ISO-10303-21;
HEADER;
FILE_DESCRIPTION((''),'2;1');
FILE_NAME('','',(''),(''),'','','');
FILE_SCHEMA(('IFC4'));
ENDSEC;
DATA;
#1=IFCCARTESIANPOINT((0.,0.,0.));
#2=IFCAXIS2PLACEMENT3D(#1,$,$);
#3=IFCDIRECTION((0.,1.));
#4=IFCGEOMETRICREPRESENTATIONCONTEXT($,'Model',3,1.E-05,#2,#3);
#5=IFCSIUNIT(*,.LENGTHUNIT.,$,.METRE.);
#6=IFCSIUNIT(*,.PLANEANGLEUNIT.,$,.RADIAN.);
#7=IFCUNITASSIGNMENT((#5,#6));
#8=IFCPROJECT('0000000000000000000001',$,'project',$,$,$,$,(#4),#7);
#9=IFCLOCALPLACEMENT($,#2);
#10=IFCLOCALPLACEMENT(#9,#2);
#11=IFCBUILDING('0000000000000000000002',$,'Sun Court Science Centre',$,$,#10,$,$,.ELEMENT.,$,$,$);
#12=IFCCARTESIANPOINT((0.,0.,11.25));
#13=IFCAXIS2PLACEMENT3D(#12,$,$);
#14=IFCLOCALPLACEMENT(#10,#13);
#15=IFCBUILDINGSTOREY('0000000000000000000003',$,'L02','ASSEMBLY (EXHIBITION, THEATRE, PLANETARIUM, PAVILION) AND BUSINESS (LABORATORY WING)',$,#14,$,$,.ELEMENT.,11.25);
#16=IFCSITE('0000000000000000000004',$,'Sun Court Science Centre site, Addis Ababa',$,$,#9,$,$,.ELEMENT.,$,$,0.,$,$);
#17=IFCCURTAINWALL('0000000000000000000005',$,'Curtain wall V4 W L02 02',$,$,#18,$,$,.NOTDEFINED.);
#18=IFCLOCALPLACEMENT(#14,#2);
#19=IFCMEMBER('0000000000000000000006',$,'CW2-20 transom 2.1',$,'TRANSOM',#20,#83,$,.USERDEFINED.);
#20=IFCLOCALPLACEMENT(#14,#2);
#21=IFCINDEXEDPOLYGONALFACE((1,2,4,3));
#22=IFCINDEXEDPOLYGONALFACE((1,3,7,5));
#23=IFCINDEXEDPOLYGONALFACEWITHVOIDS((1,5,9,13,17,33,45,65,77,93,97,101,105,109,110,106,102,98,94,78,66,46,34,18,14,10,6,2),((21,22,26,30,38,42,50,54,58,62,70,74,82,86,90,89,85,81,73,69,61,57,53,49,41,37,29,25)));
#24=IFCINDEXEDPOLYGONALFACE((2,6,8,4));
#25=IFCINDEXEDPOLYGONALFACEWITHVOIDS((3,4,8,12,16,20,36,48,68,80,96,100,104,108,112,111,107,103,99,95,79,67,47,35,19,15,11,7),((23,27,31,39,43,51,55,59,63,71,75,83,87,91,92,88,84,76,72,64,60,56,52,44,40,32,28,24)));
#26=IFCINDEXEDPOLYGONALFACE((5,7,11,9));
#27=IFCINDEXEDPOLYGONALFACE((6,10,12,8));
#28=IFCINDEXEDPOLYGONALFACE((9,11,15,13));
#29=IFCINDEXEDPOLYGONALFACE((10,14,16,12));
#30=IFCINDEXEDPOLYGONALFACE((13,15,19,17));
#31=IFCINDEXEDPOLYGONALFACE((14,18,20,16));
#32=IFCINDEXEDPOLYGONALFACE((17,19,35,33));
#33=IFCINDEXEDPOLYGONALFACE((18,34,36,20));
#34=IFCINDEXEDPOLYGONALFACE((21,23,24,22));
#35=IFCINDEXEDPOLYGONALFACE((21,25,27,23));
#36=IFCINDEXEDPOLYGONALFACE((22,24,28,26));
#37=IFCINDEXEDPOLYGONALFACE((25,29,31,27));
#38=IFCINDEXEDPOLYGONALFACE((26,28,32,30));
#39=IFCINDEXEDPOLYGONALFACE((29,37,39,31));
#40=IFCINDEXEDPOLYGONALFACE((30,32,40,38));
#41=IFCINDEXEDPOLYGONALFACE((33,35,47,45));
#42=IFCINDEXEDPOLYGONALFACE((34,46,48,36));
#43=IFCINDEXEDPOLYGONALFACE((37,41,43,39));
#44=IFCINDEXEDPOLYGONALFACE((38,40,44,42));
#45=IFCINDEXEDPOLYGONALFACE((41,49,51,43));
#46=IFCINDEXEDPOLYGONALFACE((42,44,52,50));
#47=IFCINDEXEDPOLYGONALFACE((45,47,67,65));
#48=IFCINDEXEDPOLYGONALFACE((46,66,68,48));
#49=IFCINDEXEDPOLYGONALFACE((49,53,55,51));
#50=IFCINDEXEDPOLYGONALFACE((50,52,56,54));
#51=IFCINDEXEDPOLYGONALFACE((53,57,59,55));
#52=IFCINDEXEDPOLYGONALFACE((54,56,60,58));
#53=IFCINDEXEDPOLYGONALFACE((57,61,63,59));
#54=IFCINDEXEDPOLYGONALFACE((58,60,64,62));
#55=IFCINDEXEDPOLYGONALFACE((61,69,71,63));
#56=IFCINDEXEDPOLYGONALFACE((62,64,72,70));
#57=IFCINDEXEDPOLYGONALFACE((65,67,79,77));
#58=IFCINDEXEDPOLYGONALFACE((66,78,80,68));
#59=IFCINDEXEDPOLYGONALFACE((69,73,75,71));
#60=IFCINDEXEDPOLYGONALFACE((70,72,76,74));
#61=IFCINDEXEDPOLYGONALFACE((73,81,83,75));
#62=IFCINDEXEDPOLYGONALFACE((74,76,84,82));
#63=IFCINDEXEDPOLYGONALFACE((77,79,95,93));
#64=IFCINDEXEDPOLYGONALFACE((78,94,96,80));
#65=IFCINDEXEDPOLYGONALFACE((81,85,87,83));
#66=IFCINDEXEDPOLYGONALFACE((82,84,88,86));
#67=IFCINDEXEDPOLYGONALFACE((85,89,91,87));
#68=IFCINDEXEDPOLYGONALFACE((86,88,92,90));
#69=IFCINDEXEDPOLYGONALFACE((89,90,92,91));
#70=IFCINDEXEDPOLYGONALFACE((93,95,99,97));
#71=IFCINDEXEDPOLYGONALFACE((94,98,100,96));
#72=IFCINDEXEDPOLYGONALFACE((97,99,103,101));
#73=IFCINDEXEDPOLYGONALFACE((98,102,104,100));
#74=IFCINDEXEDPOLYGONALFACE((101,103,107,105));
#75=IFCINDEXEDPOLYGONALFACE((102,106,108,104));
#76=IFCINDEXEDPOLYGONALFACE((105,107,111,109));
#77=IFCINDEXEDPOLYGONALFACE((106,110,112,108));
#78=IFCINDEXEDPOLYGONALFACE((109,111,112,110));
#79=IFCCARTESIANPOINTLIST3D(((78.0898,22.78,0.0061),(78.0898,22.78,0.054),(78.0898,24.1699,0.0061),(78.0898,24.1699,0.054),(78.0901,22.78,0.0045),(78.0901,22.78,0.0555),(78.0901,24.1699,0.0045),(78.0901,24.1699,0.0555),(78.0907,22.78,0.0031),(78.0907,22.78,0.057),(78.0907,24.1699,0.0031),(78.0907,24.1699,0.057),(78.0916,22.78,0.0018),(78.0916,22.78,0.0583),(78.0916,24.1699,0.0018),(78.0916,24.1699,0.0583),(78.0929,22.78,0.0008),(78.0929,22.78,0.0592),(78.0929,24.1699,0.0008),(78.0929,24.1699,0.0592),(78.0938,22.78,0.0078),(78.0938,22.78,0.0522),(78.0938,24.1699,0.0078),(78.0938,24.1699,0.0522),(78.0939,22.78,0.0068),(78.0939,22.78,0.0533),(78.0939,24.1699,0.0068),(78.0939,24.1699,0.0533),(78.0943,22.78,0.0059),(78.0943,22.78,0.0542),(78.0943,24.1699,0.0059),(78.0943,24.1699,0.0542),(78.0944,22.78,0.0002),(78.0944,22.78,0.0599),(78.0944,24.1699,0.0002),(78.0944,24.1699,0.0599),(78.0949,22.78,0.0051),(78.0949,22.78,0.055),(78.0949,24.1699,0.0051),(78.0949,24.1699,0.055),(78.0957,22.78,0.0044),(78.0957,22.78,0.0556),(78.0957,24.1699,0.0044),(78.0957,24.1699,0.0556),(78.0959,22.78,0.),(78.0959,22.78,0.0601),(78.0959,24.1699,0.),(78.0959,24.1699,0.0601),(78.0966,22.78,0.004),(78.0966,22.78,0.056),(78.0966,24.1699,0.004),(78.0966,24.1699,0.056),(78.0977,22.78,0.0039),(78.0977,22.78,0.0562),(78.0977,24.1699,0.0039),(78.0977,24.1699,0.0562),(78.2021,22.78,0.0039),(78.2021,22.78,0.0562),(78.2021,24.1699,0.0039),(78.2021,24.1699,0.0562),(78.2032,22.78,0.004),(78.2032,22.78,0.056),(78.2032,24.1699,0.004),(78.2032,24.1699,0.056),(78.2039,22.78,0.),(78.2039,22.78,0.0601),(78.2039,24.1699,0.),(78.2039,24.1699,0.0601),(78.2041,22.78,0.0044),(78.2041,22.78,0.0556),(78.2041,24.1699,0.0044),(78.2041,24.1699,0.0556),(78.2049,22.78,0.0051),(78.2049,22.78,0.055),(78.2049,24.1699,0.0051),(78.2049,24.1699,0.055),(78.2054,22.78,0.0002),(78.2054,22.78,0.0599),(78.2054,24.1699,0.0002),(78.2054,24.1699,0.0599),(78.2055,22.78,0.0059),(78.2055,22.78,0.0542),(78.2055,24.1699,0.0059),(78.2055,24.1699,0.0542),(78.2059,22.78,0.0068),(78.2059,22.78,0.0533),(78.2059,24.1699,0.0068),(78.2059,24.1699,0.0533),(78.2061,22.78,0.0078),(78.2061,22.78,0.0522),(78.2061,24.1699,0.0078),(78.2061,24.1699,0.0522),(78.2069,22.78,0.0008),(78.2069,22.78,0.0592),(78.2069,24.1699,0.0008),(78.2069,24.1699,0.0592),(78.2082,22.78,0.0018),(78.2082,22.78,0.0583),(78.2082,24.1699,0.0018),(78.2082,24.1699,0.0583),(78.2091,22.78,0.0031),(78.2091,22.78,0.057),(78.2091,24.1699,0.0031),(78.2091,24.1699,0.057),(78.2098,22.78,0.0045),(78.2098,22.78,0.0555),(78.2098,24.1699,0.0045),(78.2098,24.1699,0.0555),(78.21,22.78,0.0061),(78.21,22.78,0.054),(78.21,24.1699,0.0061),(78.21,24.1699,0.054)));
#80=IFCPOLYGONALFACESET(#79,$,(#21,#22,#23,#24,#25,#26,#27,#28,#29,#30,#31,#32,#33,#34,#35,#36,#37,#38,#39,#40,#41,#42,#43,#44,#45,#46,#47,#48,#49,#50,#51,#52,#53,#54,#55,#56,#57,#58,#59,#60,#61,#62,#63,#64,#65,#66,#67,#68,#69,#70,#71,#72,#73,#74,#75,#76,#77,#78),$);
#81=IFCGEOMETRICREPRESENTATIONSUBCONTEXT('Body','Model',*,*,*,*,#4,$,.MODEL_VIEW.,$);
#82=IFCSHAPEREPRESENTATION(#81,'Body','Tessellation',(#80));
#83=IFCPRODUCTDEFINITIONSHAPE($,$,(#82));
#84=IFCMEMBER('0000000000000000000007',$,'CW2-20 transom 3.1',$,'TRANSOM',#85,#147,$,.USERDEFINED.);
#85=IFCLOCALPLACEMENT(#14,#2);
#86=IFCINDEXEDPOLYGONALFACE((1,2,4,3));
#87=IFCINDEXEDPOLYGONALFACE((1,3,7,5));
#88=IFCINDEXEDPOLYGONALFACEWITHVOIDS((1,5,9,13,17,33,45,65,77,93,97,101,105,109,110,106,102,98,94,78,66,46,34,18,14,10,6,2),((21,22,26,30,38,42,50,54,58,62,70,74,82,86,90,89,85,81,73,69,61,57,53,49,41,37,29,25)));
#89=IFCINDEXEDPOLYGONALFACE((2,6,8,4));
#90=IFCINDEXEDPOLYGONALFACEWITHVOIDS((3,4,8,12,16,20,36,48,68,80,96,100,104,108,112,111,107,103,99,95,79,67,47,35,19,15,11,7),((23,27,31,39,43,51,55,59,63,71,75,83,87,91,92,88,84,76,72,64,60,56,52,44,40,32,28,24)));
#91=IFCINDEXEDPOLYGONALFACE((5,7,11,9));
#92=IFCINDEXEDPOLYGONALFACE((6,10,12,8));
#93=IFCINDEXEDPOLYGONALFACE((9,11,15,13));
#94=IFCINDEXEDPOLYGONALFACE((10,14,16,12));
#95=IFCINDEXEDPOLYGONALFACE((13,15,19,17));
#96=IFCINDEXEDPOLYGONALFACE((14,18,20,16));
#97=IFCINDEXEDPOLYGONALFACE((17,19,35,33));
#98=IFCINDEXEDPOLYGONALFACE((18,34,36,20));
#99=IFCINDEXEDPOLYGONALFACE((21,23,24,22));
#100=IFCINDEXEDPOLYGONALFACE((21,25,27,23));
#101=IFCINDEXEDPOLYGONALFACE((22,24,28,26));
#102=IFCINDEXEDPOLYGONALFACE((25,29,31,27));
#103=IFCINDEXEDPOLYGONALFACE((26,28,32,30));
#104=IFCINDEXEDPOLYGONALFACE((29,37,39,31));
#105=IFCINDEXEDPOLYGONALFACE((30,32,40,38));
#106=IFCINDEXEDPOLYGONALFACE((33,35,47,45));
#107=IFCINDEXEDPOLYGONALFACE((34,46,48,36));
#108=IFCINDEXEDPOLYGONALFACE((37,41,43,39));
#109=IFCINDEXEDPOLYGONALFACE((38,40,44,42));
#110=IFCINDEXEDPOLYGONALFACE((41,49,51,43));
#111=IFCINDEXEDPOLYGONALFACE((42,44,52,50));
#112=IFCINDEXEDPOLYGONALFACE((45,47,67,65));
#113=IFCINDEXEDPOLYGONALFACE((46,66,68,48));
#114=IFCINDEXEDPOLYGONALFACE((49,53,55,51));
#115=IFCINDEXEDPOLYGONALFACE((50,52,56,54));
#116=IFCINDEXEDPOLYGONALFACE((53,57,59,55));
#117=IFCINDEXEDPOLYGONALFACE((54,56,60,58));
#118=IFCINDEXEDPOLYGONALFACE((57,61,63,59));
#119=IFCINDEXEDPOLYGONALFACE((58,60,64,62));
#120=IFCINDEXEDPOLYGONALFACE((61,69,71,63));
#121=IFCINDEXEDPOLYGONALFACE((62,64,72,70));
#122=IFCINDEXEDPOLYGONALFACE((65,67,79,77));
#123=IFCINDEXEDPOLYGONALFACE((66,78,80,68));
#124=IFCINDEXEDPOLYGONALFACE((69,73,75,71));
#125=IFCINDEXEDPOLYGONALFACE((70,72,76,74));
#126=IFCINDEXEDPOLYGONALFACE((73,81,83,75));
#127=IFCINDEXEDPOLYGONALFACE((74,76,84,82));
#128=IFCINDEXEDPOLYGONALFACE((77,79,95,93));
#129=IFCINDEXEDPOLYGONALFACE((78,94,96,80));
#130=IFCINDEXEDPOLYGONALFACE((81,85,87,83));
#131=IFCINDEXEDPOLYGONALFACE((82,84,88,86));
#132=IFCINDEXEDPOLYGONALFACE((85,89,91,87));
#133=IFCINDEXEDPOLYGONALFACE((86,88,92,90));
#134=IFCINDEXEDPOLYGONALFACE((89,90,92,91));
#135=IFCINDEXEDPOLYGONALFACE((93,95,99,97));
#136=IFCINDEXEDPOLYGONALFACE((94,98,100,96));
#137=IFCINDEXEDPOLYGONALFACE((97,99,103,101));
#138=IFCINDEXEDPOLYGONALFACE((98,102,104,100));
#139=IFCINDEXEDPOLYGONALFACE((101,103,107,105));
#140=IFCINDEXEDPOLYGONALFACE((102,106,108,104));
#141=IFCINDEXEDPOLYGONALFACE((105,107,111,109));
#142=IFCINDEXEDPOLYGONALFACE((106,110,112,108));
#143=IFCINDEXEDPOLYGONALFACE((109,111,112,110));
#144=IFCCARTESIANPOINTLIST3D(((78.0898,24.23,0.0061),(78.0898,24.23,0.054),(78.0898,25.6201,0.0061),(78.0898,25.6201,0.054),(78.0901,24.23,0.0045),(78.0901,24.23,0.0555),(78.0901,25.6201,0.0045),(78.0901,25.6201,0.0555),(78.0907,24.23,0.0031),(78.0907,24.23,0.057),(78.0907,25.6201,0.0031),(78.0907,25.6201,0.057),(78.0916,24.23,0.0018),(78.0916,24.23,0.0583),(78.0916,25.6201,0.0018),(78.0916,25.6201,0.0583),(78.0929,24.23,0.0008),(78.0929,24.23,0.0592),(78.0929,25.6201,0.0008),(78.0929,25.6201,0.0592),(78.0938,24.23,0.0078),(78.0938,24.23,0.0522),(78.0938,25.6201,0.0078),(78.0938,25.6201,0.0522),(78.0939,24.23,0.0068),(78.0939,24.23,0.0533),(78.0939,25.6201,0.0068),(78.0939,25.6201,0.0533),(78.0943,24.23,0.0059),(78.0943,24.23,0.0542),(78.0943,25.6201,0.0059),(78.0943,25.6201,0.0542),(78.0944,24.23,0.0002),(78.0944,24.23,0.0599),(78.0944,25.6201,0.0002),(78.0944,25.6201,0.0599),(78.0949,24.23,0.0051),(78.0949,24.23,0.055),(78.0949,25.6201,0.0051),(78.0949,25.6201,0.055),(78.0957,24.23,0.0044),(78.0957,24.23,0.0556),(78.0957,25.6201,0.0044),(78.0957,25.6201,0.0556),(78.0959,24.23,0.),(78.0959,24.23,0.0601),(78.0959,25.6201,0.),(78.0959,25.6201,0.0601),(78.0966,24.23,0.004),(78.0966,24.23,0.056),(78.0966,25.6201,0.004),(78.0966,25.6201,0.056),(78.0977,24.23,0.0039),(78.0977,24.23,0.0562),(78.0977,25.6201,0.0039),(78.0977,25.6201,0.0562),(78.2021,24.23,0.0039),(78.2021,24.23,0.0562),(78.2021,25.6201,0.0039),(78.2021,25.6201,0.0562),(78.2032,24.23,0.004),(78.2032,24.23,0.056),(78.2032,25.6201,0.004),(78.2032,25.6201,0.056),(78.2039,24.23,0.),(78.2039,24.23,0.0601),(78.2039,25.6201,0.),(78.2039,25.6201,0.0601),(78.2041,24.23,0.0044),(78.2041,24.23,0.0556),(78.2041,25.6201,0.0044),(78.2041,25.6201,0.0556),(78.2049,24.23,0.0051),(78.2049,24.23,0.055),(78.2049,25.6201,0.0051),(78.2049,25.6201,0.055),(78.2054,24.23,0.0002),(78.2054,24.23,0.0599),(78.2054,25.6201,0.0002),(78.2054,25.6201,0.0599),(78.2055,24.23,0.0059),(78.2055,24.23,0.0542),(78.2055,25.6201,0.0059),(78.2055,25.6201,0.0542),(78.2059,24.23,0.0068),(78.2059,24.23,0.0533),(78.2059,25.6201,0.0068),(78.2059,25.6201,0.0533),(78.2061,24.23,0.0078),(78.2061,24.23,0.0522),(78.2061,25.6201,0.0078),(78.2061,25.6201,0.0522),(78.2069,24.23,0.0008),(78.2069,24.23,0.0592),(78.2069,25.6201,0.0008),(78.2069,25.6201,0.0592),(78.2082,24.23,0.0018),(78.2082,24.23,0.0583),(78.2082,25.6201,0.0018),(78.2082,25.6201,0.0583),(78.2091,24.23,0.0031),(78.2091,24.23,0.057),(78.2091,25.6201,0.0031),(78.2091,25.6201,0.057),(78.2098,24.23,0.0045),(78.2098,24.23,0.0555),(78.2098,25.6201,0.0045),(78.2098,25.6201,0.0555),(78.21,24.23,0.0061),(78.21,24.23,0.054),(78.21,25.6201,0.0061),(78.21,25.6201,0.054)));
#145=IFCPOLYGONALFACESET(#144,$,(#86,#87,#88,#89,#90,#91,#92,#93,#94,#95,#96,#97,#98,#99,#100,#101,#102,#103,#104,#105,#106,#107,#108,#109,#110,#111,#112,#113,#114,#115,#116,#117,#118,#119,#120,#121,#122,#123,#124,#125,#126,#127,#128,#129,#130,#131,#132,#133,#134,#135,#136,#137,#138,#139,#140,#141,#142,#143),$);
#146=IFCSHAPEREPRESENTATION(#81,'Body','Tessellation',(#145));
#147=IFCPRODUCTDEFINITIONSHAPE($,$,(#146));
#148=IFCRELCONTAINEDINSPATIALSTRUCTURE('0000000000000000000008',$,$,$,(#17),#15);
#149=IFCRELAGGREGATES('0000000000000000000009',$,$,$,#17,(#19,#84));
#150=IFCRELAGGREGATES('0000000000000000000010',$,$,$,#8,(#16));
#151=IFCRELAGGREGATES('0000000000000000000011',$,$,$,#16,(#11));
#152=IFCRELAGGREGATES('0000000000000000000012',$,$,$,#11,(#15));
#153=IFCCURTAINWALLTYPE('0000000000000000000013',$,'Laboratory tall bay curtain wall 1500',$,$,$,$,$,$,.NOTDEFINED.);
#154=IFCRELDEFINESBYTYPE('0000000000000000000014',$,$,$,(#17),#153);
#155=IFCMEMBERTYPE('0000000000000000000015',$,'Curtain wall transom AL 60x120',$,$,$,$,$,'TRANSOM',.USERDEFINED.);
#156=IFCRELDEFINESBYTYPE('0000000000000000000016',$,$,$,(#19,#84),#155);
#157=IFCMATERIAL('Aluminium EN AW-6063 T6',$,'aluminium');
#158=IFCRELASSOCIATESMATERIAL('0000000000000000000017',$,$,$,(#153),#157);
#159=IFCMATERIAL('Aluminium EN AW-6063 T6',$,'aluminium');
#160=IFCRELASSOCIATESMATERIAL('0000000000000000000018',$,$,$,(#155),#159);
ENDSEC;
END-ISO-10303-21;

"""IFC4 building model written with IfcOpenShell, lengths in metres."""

from ifc_helpers import new_model, si_unit, direction, frame, origin, origin_2d, place, context, subcontext, project, spatial, hollow_rectangle, extrude, material, material_profile, profile_set, type_object, element, aggregate, save


model = new_model("IFC4")

# Units and contexts
model_context = context("Model", 3, precision=1e-05, world=origin(), true_north=direction((0.0, 1.0)))
body_context = subcontext(model_context, "Body", "Model", "MODEL_VIEW")
ifc_project = project(units=[si_unit("LENGTHUNIT", "METRE"), si_unit("PLANEANGLEUNIT", "RADIAN")], contexts=[model_context])

# Site, building, storey
site_placement = place(None, origin())
site = spatial("IfcSite", under=ifc_project, at=site_placement, Name="Sun Court Science Centre site, Addis Ababa", CompositionType="ELEMENT", RefElevation=0.0)
building_placement = place(site_placement, origin())
building = spatial("IfcBuilding", under=site, at=building_placement, Name="Sun Court Science Centre", CompositionType="ELEMENT")
storey_placement = place(building_placement, frame((0.0, 0.0, 11.25)))
storey = spatial("IfcBuildingStorey", under=building, at=storey_placement, Name="L02", Description="ASSEMBLY (EXHIBITION, THEATRE, PLANETARIUM, PAVILION) AND BUSINESS (LABORATORY WING)", CompositionType="ELEMENT", Elevation=11.25)

# Curtain wall
ifc_material_1 = material(Name="Aluminium EN AW-6063 T6", Category="aluminium")
curtain_wall_type = type_object("IfcCurtainWallType", Name="Laboratory tall bay curtain wall 1500", PredefinedType="NOTDEFINED", material=ifc_material_1)
curtain_wall_1_placement = place(storey_placement, origin())
curtain_wall_1 = element("IfcCurtainWall", 1, at=curtain_wall_1_placement, inside=storey, type_object=curtain_wall_type, Name="Curtain wall V4 W L02 02", PredefinedType="NOTDEFINED")

# Members
ifc_material_2 = material(Name="Aluminium EN AW-6063 T6", Category="aluminium")
ifc_material_profile_1 = material_profile(ifc_material_2, hollow_rectangle(XDim=0.0601, YDim=0.1201, WallThickness=0.0039, InnerFilletRadius=0.0039, OuterFilletRadius=0.0061, at=origin_2d()), Name="AL 60x120x4")
ifc_profile_set_1 = profile_set([ifc_material_profile_1], Name="Aluminium EN AW-6063 T6")
member_type_1 = type_object("IfcMemberType", Name="Curtain wall transom AL 60x120", ElementType="TRANSOM", PredefinedType="USERDEFINED", material=ifc_profile_set_1)
member_1_placement = place(storey_placement, frame((78.1499, 22.78, 0.03), z_axis=(0.0, 1.0, 0.0), x_axis=(0.0, 0.0, 1.0)))
member_1 = element("IfcMember", 2, at=member_1_placement, type_object=member_type_1, Name="CW2-20 transom 2.1", ObjectType="TRANSOM", PredefinedType="USERDEFINED", context=body_context, shape_type="SweptSolid", body=[
    extrude(hollow_rectangle(XDim=0.0601, YDim=0.1201, WallThickness=0.0039, InnerFilletRadius=0.0039, OuterFilletRadius=0.0061, at=origin_2d()), origin(), (0.0, 0.0, 1.0), 1.3899),
])
member_2_placement = place(storey_placement, frame((78.1499, 24.23, 0.03), z_axis=(0.0, 1.0, 0.0), x_axis=(0.0, 0.0, 1.0)))
member_2 = element("IfcMember", 3, at=member_2_placement, type_object=member_type_1, Name="CW2-20 transom 3.1", ObjectType="TRANSOM", PredefinedType="USERDEFINED", context=body_context, shape_type="SweptSolid", body=[
    extrude(hollow_rectangle(XDim=0.0601, YDim=0.1201, WallThickness=0.0039, InnerFilletRadius=0.0039, OuterFilletRadius=0.0061, at=origin_2d()), origin(), (0.0, 0.0, 1.0), 1.3901),
])

aggregate(curtain_wall_1, [member_1, member_2])

save(model, "model.ifc")
